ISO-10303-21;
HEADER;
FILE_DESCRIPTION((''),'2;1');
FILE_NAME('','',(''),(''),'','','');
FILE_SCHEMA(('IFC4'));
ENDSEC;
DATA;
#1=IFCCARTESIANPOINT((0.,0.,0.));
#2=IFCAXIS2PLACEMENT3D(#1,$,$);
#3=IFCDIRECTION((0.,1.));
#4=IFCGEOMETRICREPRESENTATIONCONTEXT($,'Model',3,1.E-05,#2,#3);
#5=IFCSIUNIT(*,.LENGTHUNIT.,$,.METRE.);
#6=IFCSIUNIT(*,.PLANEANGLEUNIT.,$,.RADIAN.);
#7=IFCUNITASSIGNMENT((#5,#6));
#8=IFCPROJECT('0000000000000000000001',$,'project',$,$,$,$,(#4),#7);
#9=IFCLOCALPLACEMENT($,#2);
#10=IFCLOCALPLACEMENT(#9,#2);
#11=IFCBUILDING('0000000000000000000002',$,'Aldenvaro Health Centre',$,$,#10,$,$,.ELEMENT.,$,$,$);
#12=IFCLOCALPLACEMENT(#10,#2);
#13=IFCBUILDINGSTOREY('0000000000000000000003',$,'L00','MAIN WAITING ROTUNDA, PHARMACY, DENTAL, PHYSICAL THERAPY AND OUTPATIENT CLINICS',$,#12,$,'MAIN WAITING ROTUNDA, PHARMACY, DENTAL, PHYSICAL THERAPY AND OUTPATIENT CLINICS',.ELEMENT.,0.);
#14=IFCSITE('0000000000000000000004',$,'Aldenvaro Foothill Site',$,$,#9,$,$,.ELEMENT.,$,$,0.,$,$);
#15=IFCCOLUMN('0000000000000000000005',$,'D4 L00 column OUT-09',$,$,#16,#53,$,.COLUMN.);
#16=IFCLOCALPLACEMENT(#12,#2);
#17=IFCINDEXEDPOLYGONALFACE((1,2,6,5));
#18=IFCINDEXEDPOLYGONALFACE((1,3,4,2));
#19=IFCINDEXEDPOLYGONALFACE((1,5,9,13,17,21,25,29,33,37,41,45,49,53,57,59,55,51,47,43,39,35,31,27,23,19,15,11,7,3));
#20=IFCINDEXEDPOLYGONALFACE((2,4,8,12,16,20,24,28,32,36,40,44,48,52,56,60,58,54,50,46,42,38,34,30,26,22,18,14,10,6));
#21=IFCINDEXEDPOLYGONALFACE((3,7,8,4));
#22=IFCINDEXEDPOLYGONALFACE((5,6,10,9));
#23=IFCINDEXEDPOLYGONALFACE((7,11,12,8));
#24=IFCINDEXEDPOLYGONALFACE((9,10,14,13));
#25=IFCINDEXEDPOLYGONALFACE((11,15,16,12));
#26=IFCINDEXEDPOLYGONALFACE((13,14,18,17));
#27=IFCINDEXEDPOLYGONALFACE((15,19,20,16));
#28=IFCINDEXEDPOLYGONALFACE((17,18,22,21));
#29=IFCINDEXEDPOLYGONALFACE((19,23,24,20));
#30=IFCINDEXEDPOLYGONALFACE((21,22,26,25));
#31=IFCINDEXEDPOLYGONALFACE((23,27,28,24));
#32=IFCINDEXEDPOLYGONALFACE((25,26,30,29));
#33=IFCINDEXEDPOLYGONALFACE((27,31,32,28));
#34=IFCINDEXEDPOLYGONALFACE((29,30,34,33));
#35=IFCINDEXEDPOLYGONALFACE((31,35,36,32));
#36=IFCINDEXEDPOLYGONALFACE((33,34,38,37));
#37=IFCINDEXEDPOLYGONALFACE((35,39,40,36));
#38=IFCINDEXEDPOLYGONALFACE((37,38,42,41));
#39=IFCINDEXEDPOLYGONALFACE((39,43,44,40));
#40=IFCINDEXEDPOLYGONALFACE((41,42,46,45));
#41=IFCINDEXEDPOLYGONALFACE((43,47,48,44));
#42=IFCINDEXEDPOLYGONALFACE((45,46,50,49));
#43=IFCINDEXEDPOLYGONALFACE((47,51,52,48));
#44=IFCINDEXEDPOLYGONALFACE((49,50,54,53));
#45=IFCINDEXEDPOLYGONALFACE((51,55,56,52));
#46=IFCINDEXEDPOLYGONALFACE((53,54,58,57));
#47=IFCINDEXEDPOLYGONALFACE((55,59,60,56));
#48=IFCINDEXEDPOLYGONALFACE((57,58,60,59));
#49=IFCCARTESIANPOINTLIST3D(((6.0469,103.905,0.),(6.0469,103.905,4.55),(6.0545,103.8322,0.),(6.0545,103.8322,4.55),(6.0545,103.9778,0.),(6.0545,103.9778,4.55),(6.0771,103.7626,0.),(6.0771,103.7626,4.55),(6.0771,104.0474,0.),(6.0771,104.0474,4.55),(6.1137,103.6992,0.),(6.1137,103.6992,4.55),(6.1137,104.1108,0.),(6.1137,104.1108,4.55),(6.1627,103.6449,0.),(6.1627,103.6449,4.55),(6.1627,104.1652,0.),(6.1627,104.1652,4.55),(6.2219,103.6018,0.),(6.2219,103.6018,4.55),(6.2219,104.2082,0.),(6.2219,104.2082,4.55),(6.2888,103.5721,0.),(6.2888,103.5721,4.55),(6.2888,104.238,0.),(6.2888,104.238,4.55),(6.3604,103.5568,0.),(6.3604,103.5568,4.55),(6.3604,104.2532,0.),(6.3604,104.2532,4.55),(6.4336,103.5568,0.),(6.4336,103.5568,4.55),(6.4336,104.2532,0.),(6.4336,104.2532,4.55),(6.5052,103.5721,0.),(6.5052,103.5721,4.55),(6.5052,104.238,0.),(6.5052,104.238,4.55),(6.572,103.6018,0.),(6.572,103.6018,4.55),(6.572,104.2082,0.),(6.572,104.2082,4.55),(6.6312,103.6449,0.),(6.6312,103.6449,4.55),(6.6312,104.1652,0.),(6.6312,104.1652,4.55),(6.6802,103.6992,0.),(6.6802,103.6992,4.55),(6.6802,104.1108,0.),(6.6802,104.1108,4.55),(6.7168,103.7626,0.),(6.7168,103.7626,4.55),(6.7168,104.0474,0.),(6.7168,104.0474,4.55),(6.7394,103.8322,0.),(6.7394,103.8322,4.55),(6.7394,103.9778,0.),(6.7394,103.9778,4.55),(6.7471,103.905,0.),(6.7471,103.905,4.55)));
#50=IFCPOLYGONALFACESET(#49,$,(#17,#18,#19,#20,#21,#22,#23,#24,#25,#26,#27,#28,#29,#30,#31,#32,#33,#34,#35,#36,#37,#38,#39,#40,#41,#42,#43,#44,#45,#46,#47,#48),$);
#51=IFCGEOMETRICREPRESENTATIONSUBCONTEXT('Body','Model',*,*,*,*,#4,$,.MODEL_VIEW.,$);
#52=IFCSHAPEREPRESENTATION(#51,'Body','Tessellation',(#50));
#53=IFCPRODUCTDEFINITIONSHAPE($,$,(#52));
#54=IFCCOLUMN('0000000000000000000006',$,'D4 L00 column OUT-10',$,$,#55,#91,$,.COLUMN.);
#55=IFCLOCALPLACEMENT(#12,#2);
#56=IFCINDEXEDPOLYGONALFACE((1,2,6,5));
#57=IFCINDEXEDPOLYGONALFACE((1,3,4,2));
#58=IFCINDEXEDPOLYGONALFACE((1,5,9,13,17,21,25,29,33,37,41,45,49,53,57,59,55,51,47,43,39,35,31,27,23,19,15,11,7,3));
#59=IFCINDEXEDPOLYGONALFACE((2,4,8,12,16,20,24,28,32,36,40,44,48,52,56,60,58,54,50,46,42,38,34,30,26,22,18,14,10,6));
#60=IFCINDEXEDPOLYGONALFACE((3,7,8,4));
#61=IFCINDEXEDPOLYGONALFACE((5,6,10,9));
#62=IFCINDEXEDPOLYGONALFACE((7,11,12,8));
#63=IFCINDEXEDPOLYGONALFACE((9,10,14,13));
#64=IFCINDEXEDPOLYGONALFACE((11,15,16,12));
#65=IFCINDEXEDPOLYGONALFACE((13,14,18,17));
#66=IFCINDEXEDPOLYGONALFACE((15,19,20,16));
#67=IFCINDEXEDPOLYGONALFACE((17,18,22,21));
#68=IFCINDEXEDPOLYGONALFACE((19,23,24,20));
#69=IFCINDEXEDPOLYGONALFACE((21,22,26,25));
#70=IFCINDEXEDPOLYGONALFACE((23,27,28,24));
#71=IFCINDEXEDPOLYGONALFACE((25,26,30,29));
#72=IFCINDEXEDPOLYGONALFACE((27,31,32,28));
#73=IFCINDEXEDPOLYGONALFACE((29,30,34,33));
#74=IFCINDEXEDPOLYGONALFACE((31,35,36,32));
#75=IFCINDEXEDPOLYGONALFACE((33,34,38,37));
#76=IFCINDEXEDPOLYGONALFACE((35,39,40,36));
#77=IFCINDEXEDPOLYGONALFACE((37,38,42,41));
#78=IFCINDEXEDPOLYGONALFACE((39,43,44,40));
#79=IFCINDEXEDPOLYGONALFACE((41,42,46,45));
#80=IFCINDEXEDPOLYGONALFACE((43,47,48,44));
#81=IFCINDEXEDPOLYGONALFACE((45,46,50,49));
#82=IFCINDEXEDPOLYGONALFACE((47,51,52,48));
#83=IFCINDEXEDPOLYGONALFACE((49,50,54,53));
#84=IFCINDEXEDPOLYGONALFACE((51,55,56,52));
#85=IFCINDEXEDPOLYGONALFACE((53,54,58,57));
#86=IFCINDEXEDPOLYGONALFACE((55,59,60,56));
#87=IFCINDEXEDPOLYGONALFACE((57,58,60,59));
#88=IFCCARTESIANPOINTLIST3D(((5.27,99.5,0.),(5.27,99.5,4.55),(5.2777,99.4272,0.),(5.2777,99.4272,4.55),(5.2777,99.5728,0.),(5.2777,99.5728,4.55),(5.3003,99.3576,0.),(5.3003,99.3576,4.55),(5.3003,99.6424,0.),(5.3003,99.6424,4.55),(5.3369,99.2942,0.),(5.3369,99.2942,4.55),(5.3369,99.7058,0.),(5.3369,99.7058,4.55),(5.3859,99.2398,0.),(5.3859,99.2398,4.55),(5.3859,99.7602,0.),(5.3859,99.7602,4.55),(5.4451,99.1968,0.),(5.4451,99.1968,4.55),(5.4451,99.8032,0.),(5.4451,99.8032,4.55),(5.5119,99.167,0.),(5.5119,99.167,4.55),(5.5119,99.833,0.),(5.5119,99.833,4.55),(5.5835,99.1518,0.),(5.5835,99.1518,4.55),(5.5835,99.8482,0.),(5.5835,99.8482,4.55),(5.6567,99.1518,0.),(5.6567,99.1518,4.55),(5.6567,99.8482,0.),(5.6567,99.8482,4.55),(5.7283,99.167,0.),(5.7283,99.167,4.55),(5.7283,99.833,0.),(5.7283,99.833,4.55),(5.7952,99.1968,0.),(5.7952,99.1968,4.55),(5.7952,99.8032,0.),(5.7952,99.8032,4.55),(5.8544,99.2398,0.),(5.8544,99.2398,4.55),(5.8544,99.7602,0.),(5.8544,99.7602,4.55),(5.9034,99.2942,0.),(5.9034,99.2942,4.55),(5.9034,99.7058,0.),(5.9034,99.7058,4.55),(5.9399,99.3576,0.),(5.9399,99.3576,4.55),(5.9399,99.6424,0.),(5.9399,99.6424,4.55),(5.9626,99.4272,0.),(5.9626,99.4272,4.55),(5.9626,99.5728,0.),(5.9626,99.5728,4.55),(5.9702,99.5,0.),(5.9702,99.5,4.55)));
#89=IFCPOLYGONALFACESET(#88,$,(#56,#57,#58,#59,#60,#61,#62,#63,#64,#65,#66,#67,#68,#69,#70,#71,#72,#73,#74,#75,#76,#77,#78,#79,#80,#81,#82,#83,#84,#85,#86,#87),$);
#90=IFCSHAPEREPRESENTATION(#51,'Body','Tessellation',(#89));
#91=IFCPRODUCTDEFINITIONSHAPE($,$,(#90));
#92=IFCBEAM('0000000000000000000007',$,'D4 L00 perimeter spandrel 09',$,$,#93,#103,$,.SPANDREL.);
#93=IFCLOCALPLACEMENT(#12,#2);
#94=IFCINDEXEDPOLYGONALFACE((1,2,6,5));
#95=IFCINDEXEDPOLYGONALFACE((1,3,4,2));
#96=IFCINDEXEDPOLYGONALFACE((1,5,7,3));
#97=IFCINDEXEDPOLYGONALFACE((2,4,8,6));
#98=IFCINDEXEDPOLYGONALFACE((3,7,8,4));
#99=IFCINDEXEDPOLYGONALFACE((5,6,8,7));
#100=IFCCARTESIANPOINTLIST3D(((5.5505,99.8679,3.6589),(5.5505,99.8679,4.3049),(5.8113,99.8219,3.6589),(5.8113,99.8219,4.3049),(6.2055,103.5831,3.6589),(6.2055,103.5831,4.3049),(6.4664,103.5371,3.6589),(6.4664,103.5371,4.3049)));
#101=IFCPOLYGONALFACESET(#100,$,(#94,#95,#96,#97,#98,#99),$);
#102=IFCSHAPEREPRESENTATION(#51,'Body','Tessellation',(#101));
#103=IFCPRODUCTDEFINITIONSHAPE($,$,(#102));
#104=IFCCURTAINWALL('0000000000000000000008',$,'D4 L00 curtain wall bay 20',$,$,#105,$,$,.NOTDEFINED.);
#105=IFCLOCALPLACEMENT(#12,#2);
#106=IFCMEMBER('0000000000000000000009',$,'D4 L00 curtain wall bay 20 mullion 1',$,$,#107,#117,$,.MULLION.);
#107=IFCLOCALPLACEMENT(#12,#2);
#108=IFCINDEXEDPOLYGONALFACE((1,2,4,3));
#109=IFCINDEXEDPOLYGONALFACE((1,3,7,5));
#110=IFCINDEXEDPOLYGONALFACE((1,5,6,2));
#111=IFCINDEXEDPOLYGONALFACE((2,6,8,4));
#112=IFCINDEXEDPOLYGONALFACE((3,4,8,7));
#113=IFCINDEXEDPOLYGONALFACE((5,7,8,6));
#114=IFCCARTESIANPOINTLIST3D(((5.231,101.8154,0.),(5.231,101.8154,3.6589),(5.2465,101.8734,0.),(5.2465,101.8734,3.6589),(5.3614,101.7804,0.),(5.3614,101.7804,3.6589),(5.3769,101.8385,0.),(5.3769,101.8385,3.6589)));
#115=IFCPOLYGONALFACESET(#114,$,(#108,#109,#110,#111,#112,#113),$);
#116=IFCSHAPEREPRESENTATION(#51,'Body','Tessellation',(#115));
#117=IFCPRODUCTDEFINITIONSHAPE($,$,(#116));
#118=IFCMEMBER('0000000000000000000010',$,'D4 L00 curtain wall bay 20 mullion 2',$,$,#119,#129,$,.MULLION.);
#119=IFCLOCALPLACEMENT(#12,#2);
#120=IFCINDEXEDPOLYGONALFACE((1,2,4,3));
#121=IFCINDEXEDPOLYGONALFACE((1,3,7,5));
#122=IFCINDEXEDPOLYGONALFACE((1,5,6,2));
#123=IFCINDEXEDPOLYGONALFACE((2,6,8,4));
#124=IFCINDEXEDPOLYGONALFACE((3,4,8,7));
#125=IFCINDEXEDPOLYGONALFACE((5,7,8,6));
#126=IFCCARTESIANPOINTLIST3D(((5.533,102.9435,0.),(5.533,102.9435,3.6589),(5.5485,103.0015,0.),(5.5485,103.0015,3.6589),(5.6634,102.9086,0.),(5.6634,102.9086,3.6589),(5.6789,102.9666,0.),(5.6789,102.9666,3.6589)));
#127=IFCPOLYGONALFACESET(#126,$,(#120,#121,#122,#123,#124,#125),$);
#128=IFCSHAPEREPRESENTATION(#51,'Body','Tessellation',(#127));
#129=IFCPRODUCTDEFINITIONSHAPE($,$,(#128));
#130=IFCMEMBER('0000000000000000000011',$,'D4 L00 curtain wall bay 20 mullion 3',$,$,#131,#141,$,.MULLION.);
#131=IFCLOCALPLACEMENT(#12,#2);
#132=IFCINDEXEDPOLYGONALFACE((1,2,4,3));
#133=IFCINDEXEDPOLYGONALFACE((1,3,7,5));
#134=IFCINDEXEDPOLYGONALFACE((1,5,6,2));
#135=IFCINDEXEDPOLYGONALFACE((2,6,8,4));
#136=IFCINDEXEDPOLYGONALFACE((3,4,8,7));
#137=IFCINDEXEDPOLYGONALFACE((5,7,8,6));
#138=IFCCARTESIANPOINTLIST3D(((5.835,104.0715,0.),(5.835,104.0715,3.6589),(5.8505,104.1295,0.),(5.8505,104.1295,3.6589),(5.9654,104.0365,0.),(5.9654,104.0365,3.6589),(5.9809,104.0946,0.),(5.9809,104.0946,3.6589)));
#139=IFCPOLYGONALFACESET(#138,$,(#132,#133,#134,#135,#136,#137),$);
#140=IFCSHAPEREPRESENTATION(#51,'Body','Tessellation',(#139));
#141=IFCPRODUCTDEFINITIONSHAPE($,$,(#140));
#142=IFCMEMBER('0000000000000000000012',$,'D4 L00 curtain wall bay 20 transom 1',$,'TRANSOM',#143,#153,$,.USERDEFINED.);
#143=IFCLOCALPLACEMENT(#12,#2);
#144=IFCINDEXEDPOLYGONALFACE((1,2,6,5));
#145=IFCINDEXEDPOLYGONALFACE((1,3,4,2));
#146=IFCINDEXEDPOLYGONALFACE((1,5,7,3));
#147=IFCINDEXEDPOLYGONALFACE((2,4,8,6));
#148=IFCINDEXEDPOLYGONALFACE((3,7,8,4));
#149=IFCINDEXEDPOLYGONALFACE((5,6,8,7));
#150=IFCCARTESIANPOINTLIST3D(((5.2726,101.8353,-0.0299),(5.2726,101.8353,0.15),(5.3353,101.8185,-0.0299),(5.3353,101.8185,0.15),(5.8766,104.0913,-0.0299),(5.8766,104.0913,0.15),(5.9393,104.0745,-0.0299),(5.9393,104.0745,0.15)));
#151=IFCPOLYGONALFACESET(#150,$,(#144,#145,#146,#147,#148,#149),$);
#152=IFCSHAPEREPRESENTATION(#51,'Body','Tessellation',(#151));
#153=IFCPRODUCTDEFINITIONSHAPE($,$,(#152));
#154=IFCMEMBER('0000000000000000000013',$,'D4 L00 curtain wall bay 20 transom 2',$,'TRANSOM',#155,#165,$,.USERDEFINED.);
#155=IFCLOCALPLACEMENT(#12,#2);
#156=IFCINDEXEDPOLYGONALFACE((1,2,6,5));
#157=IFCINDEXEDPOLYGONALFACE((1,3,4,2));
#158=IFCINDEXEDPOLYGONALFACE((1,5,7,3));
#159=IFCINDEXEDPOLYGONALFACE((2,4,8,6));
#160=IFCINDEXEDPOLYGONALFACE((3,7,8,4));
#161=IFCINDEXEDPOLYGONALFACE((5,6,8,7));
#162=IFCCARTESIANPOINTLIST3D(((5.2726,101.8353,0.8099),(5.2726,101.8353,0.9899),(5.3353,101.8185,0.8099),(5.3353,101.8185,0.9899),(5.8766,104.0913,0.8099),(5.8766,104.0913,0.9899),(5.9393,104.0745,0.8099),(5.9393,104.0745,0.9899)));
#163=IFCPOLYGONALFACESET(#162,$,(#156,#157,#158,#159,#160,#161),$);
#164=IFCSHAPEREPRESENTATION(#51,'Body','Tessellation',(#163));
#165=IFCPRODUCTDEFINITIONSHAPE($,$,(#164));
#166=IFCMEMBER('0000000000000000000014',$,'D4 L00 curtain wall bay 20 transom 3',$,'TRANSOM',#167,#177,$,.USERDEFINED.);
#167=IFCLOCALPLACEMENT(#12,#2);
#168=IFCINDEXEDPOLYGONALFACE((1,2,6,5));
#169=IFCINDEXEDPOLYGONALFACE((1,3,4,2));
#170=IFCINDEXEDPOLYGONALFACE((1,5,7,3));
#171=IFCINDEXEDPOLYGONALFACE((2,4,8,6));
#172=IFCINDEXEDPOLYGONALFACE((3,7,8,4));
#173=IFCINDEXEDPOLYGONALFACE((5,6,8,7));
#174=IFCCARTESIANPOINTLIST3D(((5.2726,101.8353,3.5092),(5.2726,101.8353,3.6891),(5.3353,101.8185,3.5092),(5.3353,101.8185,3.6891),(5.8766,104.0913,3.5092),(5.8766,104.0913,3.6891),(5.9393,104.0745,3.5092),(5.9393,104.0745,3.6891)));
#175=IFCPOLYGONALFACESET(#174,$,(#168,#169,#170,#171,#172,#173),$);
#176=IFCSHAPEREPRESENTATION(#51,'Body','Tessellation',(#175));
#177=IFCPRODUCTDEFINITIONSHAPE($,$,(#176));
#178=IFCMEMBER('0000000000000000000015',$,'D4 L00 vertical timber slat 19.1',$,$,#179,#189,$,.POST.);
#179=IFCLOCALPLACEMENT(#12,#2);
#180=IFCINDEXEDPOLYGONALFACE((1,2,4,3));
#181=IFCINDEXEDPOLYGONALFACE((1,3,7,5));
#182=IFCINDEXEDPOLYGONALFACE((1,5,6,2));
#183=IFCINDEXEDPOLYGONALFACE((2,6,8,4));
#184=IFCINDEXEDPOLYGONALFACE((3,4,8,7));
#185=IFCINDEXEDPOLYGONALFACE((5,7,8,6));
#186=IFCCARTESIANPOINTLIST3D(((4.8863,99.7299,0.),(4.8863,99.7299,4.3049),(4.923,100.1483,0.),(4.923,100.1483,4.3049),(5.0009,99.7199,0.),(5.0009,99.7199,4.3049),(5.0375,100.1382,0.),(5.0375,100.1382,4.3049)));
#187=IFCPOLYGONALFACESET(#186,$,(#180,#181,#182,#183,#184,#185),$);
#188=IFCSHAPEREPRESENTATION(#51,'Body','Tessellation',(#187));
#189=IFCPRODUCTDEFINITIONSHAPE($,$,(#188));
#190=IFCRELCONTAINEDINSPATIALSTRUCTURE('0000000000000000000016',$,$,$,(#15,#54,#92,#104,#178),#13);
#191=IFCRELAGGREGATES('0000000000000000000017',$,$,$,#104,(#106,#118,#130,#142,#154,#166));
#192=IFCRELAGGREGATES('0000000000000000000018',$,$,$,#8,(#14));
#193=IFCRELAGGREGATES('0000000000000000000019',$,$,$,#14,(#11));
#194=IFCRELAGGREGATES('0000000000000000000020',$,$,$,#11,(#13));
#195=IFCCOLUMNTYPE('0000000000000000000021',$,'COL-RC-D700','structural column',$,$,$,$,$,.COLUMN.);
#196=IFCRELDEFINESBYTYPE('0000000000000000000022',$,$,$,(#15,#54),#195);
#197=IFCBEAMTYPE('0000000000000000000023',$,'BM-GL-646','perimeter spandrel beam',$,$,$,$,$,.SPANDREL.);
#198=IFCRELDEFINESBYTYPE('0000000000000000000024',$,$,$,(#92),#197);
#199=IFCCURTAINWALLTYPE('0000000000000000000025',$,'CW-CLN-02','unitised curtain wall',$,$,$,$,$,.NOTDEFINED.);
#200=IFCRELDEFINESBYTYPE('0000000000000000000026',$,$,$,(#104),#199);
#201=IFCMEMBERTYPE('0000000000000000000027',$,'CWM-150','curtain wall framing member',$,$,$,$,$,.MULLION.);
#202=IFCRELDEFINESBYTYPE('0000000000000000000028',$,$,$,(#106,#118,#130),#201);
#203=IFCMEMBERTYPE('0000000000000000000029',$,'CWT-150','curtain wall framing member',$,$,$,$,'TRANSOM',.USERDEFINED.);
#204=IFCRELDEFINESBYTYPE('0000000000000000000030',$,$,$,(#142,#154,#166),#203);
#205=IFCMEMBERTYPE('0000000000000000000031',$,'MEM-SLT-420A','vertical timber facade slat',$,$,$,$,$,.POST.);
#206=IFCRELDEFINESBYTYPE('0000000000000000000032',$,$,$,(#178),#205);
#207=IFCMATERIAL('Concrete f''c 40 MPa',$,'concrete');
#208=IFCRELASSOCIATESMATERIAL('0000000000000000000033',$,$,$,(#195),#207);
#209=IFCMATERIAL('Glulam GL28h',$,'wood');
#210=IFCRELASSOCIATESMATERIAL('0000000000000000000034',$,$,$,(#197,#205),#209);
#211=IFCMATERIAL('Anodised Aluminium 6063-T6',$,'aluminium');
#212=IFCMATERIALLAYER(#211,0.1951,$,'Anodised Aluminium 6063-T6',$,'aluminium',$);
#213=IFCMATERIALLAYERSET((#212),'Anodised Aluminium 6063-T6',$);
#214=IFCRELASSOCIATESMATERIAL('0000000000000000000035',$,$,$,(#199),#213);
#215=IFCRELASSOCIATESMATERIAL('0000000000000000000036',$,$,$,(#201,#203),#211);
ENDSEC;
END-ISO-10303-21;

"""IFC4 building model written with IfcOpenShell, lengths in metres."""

from ifc_helpers import new_model, si_unit, direction, frame, origin, origin_2d, place, context, subcontext, project, spatial, rectangle, circle, extrude, material, layer, layer_set, material_profile, profile_set, type_object, element, aggregate, save


model = new_model("IFC4")

# Units and contexts
model_context = context("Model", 3, precision=1e-05, world=origin(), true_north=direction((0.0, 1.0)))
body_context = subcontext(model_context, "Body", "Model", "MODEL_VIEW")
ifc_project = project(units=[si_unit("LENGTHUNIT", "METRE"), si_unit("PLANEANGLEUNIT", "RADIAN")], contexts=[model_context])

# Site, building, storey
site_placement = place(None, origin())
site = spatial("IfcSite", under=ifc_project, at=site_placement, Name="Aldenvaro Foothill Site", CompositionType="ELEMENT", RefElevation=0.0)
building_placement = place(site_placement, origin())
building = spatial("IfcBuilding", under=site, at=building_placement, Name="Aldenvaro Health Centre", CompositionType="ELEMENT")
storey_placement = place(building_placement, origin())
storey = spatial("IfcBuildingStorey", under=building, at=storey_placement, Name="L00", Description="MAIN WAITING ROTUNDA, PHARMACY, DENTAL, PHYSICAL THERAPY AND OUTPATIENT CLINICS", LongName="MAIN WAITING ROTUNDA, PHARMACY, DENTAL, PHYSICAL THERAPY AND OUTPATIENT CLINICS", CompositionType="ELEMENT", Elevation=0.0)

# Columns
ifc_material_1 = material(Name="Concrete f'c 40 MPa", Category="concrete")
ifc_material_profile_1 = material_profile(ifc_material_1, circle(Radius=0.3501, at=origin_2d()), Name="RC D700", Category="concrete")
ifc_profile_set_1 = profile_set([ifc_material_profile_1], Name="Concrete f'c 40 MPa")
column_type = type_object("IfcColumnType", Name="COL-RC-D700", Description="structural column", PredefinedType="COLUMN", material=ifc_profile_set_1)
for number, where, z_axis, x_axis, name in (
    (1, (6.397, 103.905, 0.0), (0.0, 0.0, 1.0), (1.0, 0.0, 0.0), "D4 L00 column OUT-09"),
    (2, (5.6201, 99.5, 0.0), (0.0, 0.0, 1.0), (1.0, 0.0, 0.0), "D4 L00 column OUT-10"),
):
    element("IfcColumn", number, at=place(storey_placement, frame(where, z_axis=z_axis, x_axis=x_axis)), inside=storey, type_object=column_type, Name=name, PredefinedType="COLUMN", context=body_context, shape_type="SweptSolid", body=[
        extrude(circle(Radius=0.3501, at=origin_2d()), origin(), (0.0, 0.0, 1.0), 4.55),
    ])

# Beam
ifc_material_2 = material(Name="Glulam GL28h", Category="wood")
ifc_material_profile_2 = material_profile(ifc_material_2, rectangle(XDim=0.2649, YDim=0.646, at=origin_2d()), Name="GL 265x646", Category="wood")
ifc_profile_set_2 = profile_set([ifc_material_profile_2], Name="Glulam GL28h")
beam_type = type_object("IfcBeamType", Name="BM-GL-646", Description="perimeter spandrel beam", PredefinedType="SPANDREL", material=ifc_profile_set_2)
beam_placement = place(storey_placement, frame((6.3359, 103.5601, 3.9819), z_axis=(-0.173638, -0.98481, 0.0), x_axis=(0.98481, -0.173638, 0.0)))
element("IfcBeam", 3, at=beam_placement, inside=storey, type_object=beam_type, Name="D4 L00 perimeter spandrel 09", PredefinedType="SPANDREL", context=body_context, shape_type="SweptSolid", body=[
    extrude(rectangle(XDim=0.2649, YDim=0.646, at=origin_2d()), origin(), (0.0, 0.0, 1.0), 3.7725),
])

# Curtain wall, members
ifc_material_3 = material(Name="Anodised Aluminium 6063-T6", Category="aluminium")
ifc_layer_1 = layer(ifc_material_3, 0.1951, Name="Anodised Aluminium 6063-T6", Category="aluminium")
ifc_layer_set_1 = layer_set([ifc_layer_1], Name="Anodised Aluminium 6063-T6")
curtain_wall_type = type_object("IfcCurtainWallType", Name="CW-CLN-02", Description="unitised curtain wall", PredefinedType="NOTDEFINED", material=ifc_layer_set_1)
curtain_wall_placement = place(storey_placement, origin())
curtain_wall = element("IfcCurtainWall", 4, at=curtain_wall_placement, inside=storey, type_object=curtain_wall_type, Name="D4 L00 curtain wall bay 20", PredefinedType="NOTDEFINED")
ifc_material_profile_3 = material_profile(ifc_material_3, rectangle(XDim=0.0601, YDim=0.135, at=origin_2d()), Name="ALU 60x135", Category="aluminium")
ifc_profile_set_3 = profile_set([ifc_material_profile_3], Name="Anodised Aluminium 6063-T6")
member_type_1 = type_object("IfcMemberType", Name="CWM-150", Description="curtain wall framing member", PredefinedType="MULLION", material=ifc_profile_set_3)
member_1_placement = place(storey_placement, frame((5.304, 101.8269, 0.0), z_axis=(0.0, 0.0, 1.0), x_axis=(0.258622, 0.965979, 0.0)))
member_1 = element("IfcMember", 5, at=member_1_placement, type_object=member_type_1, Name="D4 L00 curtain wall bay 20 mullion 1", PredefinedType="MULLION", context=body_context, shape_type="SweptSolid", body=[
    extrude(rectangle(XDim=0.0601, YDim=0.135, at=origin_2d()), origin(), (0.0, 0.0, 1.0), 3.6589),
])
member_2_placement = place(storey_placement, frame((5.606, 102.9551, 0.0), z_axis=(0.0, 0.0, 1.0), x_axis=(0.258622, 0.965979, 0.0)))
member_2 = element("IfcMember", 6, at=member_2_placement, type_object=member_type_1, Name="D4 L00 curtain wall bay 20 mullion 2", PredefinedType="MULLION", context=body_context, shape_type="SweptSolid", body=[
    extrude(rectangle(XDim=0.0601, YDim=0.135, at=origin_2d()), origin(), (0.0, 0.0, 1.0), 3.6589),
])
member_3_placement = place(storey_placement, frame((5.908, 104.083, 0.0), z_axis=(0.0, 0.0, 1.0), x_axis=(0.258622, 0.965979, 0.0)))
member_3 = element("IfcMember", 7, at=member_3_placement, type_object=member_type_1, Name="D4 L00 curtain wall bay 20 mullion 3", PredefinedType="MULLION", context=body_context, shape_type="SweptSolid", body=[
    extrude(rectangle(XDim=0.0601, YDim=0.135, at=origin_2d()), origin(), (0.0, 0.0, 1.0), 3.6589),
])
ifc_material_profile_4 = material_profile(ifc_material_3, rectangle(XDim=0.0649, YDim=0.1799, at=origin_2d()), Name="ALU 65x180", Category="aluminium")
ifc_profile_set_4 = profile_set([ifc_material_profile_4], Name="Anodised Aluminium 6063-T6")
member_type_2 = type_object("IfcMemberType", Name="CWT-150", Description="curtain wall framing member", ElementType="TRANSOM", PredefinedType="USERDEFINED", material=ifc_profile_set_4)
member_4_placement = place(storey_placement, frame((5.304, 101.8269, 0.0601), z_axis=(0.258612, 0.965981, 0.0), x_axis=(-0.965981, 0.258612, 0.0)))
member_4 = element("IfcMember", 8, at=member_4_placement, type_object=member_type_2, Name="D4 L00 curtain wall bay 20 transom 1", ObjectType="TRANSOM", PredefinedType="USERDEFINED", context=body_context, shape_type="SweptSolid", body=[
    extrude(rectangle(XDim=0.0649, YDim=0.1799, at=origin_2d()), origin(), (0.0, 0.0, 1.0), 2.3354),
])
member_5_placement = place(storey_placement, frame((5.304, 101.8269, 0.8999), z_axis=(0.258612, 0.965981, 0.0), x_axis=(-0.965981, 0.258612, 0.0)))
member_5 = element("IfcMember", 9, at=member_5_placement, type_object=member_type_2, Name="D4 L00 curtain wall bay 20 transom 2", ObjectType="TRANSOM", PredefinedType="USERDEFINED", context=body_context, shape_type="SweptSolid", body=[
    extrude(rectangle(XDim=0.0649, YDim=0.1799, at=origin_2d()), origin(), (0.0, 0.0, 1.0), 2.3354),
])
member_6_placement = place(storey_placement, frame((5.304, 101.8269, 3.5991), z_axis=(0.258612, 0.965981, 0.0), x_axis=(-0.965981, 0.258612, 0.0)))
member_6 = element("IfcMember", 10, at=member_6_placement, type_object=member_type_2, Name="D4 L00 curtain wall bay 20 transom 3", ObjectType="TRANSOM", PredefinedType="USERDEFINED", context=body_context, shape_type="SweptSolid", body=[
    extrude(rectangle(XDim=0.0649, YDim=0.1799, at=origin_2d()), origin(), (0.0, 0.0, 1.0), 2.3354),
])

# Member
ifc_material_profile_5 = material_profile(ifc_material_2, rectangle(XDim=0.115, YDim=0.4199, at=origin_2d()), Name="GL 115x420", Category="wood")
ifc_profile_set_5 = profile_set([ifc_material_profile_5], Name="Glulam GL28h")
member_type_3 = type_object("IfcMemberType", Name="MEM-SLT-420A", Description="vertical timber facade slat", PredefinedType="POST", material=ifc_profile_set_5)
for number, where, z_axis, x_axis, name in (
    (11, (4.9619, 99.9341, 0.0), (0.0, 0.0, 1.0), (-0.996179, 0.087332, 0.0), "D4 L00 vertical timber slat 19.1"),
):
    element("IfcMember", number, at=place(storey_placement, frame(where, z_axis=z_axis, x_axis=x_axis)), inside=storey, type_object=member_type_3, Name=name, PredefinedType="POST", context=body_context, shape_type="SweptSolid", body=[
        extrude(rectangle(XDim=0.115, YDim=0.4199, at=origin_2d()), origin(), (0.0, 0.0, 1.0), 4.3049),
    ])

aggregate(curtain_wall, [member_1, member_2, member_3, member_4, member_5, member_6])

save(model, "model.ifc")
